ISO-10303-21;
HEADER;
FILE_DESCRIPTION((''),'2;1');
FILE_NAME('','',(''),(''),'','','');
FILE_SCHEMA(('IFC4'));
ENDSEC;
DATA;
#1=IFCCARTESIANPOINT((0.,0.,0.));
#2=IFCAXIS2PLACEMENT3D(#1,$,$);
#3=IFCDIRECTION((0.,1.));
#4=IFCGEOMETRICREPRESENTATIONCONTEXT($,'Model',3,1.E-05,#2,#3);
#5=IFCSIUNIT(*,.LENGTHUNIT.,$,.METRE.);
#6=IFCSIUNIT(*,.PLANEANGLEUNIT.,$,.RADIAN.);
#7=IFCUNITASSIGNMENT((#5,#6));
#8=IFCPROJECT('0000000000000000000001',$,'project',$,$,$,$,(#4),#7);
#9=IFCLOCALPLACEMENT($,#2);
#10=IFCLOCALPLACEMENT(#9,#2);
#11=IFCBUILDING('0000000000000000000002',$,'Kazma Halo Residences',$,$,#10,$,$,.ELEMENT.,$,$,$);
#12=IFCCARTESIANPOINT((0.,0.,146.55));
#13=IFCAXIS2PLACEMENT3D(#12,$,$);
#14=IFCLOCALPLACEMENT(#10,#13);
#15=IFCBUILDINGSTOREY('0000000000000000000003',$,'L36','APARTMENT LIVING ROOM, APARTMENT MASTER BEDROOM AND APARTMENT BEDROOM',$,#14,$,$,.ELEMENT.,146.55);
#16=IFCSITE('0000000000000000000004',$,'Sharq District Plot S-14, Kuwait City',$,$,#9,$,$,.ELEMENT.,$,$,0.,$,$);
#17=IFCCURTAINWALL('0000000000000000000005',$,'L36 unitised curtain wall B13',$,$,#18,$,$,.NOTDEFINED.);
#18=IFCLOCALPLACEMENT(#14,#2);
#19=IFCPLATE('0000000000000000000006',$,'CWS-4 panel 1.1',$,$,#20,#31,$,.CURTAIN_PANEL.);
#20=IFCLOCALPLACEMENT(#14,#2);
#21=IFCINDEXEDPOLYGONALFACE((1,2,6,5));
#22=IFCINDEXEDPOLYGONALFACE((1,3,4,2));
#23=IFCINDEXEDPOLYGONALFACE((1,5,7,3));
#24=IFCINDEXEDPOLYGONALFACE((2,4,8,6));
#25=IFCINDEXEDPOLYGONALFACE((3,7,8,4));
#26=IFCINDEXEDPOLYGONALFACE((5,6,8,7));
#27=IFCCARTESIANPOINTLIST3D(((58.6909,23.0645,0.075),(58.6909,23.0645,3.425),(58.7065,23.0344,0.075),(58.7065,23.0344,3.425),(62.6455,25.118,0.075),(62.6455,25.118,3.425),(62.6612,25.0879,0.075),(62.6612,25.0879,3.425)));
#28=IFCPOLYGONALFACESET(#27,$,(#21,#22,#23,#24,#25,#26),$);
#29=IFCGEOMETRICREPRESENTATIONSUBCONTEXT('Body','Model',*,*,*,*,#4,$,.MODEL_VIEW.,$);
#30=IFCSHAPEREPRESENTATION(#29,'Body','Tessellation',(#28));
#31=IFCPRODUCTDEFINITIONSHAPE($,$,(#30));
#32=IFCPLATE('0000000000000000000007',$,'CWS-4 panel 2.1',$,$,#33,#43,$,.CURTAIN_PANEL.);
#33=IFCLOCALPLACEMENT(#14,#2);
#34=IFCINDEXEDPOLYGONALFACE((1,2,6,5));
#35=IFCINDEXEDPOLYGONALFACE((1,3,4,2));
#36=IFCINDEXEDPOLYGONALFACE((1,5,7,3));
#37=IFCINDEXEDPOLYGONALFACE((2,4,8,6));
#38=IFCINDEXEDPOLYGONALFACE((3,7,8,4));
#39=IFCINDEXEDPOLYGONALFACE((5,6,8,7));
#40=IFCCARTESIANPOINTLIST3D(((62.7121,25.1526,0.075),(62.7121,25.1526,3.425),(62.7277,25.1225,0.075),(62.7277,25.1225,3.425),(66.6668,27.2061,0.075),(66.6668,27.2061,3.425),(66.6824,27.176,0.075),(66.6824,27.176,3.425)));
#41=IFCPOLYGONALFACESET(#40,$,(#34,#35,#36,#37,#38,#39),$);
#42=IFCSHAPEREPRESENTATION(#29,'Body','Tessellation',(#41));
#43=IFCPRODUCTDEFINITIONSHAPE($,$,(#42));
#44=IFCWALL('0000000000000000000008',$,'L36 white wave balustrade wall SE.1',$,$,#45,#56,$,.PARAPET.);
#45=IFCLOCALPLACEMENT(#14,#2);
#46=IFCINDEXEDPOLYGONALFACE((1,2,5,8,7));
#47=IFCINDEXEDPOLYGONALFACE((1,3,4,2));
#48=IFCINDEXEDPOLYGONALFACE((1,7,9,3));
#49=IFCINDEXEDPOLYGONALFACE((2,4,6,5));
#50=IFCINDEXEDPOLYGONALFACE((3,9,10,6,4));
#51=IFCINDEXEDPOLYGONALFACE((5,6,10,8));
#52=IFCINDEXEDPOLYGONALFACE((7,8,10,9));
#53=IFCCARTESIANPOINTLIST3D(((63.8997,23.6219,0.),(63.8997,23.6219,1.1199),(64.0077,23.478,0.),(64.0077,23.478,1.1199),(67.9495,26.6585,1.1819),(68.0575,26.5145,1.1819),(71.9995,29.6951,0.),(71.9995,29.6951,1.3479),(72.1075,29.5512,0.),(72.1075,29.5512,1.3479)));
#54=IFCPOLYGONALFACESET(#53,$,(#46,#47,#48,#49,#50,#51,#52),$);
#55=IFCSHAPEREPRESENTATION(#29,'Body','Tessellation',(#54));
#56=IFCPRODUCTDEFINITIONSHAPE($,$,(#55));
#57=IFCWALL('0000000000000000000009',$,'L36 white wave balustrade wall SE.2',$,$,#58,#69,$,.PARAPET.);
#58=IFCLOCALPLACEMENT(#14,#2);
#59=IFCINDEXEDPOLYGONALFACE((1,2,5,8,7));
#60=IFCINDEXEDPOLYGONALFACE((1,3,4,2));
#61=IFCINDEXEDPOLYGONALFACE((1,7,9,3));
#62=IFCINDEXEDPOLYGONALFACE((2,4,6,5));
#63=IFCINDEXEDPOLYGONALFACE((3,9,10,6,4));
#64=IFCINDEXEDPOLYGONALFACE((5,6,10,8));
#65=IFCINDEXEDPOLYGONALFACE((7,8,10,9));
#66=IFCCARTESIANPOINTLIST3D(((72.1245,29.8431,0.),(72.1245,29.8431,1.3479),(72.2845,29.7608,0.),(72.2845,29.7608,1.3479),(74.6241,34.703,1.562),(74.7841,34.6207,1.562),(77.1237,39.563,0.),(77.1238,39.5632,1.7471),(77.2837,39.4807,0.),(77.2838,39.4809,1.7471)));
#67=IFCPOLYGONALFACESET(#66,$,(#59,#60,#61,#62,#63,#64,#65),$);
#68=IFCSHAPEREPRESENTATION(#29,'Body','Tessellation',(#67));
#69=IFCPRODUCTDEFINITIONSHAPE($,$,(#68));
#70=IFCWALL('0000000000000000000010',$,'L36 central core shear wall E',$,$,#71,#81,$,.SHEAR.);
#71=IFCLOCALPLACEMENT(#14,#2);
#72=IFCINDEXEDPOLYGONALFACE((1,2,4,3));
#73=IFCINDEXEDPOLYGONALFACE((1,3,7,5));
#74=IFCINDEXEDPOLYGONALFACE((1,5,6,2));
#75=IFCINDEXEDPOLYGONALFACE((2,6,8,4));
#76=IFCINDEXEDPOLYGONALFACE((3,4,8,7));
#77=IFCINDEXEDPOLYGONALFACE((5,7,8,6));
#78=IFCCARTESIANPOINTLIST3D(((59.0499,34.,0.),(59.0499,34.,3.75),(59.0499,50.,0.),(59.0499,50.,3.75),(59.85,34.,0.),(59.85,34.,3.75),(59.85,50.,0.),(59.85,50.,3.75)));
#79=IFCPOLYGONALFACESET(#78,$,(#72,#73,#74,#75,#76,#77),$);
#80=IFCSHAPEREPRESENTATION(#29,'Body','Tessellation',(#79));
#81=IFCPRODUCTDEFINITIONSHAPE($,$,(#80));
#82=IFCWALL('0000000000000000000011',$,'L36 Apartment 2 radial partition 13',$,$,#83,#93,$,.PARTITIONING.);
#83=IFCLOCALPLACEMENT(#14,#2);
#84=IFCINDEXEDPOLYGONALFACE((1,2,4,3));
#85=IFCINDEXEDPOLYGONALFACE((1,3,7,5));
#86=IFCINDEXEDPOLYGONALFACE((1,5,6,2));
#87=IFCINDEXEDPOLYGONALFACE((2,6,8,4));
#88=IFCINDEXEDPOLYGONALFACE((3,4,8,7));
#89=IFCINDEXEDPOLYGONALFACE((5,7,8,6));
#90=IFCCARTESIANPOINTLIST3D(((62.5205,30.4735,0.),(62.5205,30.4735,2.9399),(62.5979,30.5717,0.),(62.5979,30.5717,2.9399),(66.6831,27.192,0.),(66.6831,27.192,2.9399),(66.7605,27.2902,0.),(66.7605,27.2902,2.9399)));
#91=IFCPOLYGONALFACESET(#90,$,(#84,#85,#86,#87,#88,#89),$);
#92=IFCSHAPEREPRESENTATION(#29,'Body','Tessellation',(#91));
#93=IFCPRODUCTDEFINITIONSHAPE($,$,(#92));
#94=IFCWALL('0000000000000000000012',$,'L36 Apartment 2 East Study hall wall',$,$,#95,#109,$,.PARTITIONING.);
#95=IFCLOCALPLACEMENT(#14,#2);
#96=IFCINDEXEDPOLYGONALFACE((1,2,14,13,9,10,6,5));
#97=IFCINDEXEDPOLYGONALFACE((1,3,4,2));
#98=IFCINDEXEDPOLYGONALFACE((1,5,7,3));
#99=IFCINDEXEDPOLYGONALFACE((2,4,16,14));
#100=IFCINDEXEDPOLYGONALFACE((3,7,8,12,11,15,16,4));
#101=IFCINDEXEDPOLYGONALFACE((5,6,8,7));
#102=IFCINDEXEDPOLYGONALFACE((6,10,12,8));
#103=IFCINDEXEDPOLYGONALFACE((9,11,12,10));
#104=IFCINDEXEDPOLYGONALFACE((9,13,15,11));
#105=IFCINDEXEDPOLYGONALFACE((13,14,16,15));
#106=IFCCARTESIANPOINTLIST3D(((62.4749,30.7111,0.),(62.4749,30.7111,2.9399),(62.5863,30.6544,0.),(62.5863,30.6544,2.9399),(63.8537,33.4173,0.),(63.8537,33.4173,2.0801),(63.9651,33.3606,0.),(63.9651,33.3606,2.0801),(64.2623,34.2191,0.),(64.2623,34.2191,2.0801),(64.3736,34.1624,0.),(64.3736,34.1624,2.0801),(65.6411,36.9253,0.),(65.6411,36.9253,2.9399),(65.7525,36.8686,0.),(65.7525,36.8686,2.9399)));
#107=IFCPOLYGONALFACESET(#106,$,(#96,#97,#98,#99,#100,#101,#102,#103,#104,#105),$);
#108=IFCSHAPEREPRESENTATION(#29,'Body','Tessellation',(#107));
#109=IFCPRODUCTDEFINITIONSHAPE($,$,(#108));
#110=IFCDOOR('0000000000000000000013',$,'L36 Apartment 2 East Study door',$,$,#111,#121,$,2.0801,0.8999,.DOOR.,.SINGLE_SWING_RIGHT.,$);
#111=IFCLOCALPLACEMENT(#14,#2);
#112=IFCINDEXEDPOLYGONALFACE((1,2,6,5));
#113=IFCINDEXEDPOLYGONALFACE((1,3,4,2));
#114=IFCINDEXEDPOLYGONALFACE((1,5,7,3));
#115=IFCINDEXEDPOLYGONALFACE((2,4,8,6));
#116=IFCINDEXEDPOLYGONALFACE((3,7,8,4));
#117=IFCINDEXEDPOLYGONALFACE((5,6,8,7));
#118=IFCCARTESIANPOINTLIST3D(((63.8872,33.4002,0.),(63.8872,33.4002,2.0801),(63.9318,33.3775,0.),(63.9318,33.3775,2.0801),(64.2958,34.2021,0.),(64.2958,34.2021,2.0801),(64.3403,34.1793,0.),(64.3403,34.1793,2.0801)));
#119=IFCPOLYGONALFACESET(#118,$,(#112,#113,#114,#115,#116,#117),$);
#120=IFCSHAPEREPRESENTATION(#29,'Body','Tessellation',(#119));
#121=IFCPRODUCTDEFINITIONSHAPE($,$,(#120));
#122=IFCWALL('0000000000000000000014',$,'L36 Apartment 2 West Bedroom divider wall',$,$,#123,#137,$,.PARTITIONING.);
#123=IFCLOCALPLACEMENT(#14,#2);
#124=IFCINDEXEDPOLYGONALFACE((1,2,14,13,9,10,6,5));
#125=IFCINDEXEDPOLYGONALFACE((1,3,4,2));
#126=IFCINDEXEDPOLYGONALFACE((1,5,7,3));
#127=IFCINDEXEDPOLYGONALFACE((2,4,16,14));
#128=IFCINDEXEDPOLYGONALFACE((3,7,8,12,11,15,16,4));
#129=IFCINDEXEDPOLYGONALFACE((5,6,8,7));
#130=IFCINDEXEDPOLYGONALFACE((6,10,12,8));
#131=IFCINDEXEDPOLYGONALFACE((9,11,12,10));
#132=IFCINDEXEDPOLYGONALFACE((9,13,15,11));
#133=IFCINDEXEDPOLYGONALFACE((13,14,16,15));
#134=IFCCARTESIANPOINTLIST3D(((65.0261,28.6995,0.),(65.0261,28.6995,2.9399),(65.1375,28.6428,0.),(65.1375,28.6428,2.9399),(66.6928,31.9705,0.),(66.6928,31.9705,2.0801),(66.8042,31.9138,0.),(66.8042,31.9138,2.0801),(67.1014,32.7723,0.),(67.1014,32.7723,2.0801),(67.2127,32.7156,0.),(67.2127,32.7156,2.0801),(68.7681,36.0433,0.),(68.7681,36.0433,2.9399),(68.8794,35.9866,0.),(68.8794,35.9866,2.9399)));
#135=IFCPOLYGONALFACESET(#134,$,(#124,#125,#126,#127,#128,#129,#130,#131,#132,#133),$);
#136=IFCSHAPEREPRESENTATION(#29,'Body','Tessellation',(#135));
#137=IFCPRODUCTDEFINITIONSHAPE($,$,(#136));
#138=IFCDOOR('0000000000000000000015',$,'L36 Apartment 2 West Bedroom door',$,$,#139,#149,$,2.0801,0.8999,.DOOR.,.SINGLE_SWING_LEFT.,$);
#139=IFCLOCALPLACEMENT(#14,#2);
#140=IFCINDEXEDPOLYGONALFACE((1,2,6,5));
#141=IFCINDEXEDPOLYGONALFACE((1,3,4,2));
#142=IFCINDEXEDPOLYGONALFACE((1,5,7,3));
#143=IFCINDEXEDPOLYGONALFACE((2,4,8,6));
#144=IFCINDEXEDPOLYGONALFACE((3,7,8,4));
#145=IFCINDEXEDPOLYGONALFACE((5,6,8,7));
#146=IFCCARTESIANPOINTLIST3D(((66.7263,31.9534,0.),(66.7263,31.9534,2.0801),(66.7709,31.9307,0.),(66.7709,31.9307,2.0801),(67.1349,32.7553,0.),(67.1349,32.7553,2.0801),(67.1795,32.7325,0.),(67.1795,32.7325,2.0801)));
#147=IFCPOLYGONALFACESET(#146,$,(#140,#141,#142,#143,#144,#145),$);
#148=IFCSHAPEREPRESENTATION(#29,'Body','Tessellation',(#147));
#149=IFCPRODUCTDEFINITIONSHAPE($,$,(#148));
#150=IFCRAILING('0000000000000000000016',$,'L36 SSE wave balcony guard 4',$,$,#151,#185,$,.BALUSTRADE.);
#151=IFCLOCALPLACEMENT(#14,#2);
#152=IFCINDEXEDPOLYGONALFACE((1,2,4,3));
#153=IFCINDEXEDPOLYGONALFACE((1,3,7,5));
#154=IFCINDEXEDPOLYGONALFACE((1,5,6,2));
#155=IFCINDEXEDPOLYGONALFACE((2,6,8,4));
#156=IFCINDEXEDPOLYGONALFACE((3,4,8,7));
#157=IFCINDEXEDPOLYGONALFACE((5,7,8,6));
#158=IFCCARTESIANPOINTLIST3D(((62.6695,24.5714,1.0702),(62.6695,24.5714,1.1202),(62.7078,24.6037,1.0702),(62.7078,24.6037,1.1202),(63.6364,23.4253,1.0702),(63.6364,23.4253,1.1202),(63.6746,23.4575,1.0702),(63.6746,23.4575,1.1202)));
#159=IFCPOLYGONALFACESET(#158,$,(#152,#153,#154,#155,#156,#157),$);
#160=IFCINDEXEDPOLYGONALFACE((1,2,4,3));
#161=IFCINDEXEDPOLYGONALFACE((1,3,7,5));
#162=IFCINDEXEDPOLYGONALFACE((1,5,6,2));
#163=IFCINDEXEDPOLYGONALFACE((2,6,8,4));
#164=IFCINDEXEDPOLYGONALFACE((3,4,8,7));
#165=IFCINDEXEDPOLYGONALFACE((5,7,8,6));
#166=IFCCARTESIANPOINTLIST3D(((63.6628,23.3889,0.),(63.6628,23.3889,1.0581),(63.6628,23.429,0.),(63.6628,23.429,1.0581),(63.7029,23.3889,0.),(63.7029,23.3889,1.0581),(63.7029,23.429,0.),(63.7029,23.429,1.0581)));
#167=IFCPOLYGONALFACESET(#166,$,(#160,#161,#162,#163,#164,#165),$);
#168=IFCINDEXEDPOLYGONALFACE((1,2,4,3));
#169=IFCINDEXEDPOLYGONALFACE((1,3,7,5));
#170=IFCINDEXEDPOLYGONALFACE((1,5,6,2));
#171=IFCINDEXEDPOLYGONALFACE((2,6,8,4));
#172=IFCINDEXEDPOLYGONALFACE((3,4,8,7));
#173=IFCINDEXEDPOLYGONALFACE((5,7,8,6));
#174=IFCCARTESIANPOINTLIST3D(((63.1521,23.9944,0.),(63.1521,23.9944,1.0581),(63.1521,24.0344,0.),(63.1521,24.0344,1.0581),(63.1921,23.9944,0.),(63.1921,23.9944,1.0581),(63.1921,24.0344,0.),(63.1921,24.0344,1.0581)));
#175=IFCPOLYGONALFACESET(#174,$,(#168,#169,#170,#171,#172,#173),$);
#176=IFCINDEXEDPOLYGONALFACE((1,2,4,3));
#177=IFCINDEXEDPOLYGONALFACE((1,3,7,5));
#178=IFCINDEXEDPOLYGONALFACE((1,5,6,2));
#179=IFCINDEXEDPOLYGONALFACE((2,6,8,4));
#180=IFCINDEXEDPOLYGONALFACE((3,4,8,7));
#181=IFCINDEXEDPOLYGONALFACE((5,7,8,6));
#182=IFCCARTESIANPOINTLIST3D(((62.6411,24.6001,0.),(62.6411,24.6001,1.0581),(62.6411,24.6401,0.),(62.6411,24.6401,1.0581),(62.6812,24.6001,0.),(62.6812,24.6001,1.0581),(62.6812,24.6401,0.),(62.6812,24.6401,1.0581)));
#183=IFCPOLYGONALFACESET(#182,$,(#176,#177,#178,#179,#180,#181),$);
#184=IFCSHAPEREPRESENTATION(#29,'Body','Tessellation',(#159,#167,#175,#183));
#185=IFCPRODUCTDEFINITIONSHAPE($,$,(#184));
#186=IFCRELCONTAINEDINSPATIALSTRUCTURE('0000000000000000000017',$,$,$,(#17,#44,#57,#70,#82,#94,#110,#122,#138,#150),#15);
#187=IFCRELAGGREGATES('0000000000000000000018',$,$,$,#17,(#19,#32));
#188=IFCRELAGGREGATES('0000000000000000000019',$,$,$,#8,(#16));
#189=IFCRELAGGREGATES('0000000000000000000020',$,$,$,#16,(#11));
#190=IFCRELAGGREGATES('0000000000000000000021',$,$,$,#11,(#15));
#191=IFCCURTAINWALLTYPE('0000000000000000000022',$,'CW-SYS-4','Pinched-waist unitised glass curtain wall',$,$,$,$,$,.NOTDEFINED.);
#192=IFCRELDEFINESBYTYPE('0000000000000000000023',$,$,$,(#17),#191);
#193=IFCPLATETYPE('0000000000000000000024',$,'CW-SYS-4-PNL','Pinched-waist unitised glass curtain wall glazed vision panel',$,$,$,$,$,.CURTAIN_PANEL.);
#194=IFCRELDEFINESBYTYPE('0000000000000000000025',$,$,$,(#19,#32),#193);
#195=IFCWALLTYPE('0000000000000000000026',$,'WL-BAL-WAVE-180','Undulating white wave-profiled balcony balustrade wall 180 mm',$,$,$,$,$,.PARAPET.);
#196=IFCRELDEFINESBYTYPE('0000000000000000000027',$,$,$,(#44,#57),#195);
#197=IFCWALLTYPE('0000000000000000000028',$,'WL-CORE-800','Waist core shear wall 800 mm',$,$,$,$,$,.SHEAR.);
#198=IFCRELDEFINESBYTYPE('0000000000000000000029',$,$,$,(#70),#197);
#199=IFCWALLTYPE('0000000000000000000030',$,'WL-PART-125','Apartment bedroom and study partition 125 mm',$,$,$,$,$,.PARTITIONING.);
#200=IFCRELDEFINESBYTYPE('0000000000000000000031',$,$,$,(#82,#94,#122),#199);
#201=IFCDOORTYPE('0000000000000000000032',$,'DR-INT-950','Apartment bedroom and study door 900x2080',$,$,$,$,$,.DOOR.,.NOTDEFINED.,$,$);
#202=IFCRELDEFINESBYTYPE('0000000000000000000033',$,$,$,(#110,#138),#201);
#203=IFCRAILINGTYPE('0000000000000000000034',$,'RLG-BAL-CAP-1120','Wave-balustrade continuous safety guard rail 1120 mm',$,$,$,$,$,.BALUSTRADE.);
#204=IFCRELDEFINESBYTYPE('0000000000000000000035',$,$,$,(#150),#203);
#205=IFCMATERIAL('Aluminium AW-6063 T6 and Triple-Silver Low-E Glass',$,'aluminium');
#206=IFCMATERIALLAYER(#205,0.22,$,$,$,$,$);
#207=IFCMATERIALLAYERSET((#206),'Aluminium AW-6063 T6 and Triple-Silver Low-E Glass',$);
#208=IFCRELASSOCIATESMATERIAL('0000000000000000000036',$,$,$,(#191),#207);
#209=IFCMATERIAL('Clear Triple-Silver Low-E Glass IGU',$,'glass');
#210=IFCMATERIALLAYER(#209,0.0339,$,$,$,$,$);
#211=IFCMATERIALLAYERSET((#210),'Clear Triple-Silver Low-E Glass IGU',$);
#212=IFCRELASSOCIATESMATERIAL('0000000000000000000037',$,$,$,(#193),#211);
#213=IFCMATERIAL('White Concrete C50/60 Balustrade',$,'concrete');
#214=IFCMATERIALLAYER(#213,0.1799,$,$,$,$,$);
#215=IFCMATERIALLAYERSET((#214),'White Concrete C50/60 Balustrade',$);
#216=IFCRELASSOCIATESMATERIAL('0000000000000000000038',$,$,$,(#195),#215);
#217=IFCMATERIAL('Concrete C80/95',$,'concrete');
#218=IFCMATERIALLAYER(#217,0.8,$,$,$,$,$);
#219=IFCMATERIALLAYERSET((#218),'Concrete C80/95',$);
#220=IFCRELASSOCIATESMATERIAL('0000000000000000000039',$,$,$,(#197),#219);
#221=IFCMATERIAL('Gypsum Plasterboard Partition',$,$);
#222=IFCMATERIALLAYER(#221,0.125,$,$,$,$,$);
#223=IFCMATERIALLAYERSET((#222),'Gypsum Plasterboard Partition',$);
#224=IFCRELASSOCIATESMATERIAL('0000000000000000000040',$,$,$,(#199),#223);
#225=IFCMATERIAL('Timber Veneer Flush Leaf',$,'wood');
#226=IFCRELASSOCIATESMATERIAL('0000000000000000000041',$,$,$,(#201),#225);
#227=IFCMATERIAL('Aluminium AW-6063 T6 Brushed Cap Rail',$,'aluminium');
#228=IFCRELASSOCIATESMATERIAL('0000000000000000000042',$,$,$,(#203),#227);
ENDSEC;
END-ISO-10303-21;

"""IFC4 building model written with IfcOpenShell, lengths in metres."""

from ifc_helpers import new_model, si_unit, direction, frame, frame_2d, origin, origin_2d, place, context, subcontext, project, spatial, polyline, rectangle, outline, extrude, material, layer, layer_set, type_object, element, fill, aggregate, save


model = new_model("IFC4")

# Units and contexts
model_context = context("Model", 3, precision=1e-05, world=origin(), true_north=direction((0.0, 1.0)))
body_context = subcontext(model_context, "Body", "Model", "MODEL_VIEW")
ifc_project = project(units=[si_unit("LENGTHUNIT", "METRE"), si_unit("PLANEANGLEUNIT", "RADIAN")], contexts=[model_context])

# Site, building, storey
site_placement = place(None, origin())
site = spatial("IfcSite", under=ifc_project, at=site_placement, Name="Sharq District Plot S-14, Kuwait City", CompositionType="ELEMENT", RefElevation=0.0)
building_placement = place(site_placement, origin())
building = spatial("IfcBuilding", under=site, at=building_placement, Name="Kazma Halo Residences", CompositionType="ELEMENT")
storey_placement = place(building_placement, frame((0.0, 0.0, 146.55)))
storey = spatial("IfcBuildingStorey", under=building, at=storey_placement, Name="L36", Description="APARTMENT LIVING ROOM, APARTMENT MASTER BEDROOM AND APARTMENT BEDROOM", CompositionType="ELEMENT", Elevation=146.55)

# Shared definitions
ifc_material_1 = material(Name="Concrete C80/95", Category="concrete")

# Curtain wall
ifc_material_2 = material(Name="Aluminium AW-6063 T6 and Triple-Silver Low-E Glass", Category="aluminium")
ifc_layer_1 = layer(ifc_material_2, 0.22)
ifc_layer_set_1 = layer_set([ifc_layer_1], Name="Aluminium AW-6063 T6 and Triple-Silver Low-E Glass")
curtain_wall_type = type_object("IfcCurtainWallType", Name="CW-SYS-4", Description="Pinched-waist unitised glass curtain wall", PredefinedType="NOTDEFINED", material=ifc_layer_set_1)
curtain_wall_1_placement = place(storey_placement, origin())
curtain_wall_1 = element("IfcCurtainWall", 1, at=curtain_wall_1_placement, inside=storey, type_object=curtain_wall_type, Name="L36 unitised curtain wall B13", PredefinedType="NOTDEFINED")

# Plates
ifc_material_3 = material(Name="Clear Triple-Silver Low-E Glass IGU", Category="glass")
ifc_layer_2 = layer(ifc_material_3, 0.0339)
ifc_layer_set_2 = layer_set([ifc_layer_2], Name="Clear Triple-Silver Low-E Glass IGU")
plate_type = type_object("IfcPlateType", Name="CW-SYS-4-PNL", Description="Pinched-waist unitised glass curtain wall glazed vision panel", PredefinedType="CURTAIN_PANEL", material=ifc_layer_set_2)
plate_1_placement = place(storey_placement, frame((60.676, 24.0762, 0.075), z_axis=(0.0, 0.0, 1.0), x_axis=(0.887485, 0.460837, 0.0)))
plate_1 = element("IfcPlate", 2, at=plate_1_placement, type_object=plate_type, Name="CWS-4 panel 1.1", PredefinedType="CURTAIN_PANEL", context=body_context, shape_type="SweptSolid", body=[
    extrude(rectangle(XDim=4.4561, YDim=0.0339, at=origin_2d()), origin(), (0.0, 0.0, 1.0), 3.3501),
])
plate_2_placement = place(storey_placement, frame((64.6973, 26.1643, 0.075), z_axis=(0.0, 0.0, 1.0), x_axis=(0.887485, 0.460837, 0.0)))
plate_2 = element("IfcPlate", 3, at=plate_2_placement, type_object=plate_type, Name="CWS-4 panel 2.1", PredefinedType="CURTAIN_PANEL", context=body_context, shape_type="SweptSolid", body=[
    extrude(rectangle(XDim=4.4561, YDim=0.0339, at=origin_2d()), origin(), (0.0, 0.0, 1.0), 3.3501),
])
aggregate(curtain_wall_1, [plate_1, plate_2])

# Walls
ifc_material_4 = material(Name="White Concrete C50/60 Balustrade", Category="concrete")
ifc_layer_3 = layer(ifc_material_4, 0.1799)
ifc_layer_set_3 = layer_set([ifc_layer_3], Name="White Concrete C50/60 Balustrade")
wall_type_1 = type_object("IfcWallType", Name="WL-BAL-WAVE-180", Description="Undulating white wave-profiled balcony balustrade wall 180 mm", PredefinedType="PARAPET", material=ifc_layer_set_3)
wall_1_placement = place(storey_placement, frame((63.9536, 23.55, 0.0), z_axis=(0.0, 0.0, 1.0), x_axis=(0.800078, 0.599896, 0.0)))
element("IfcWall", 4, at=wall_1_placement, inside=storey, type_object=wall_type_1, Name="L36 white wave balustrade wall SE.1", PredefinedType="PARAPET", context=body_context, shape_type="SweptSolid", body=[
    extrude(outline(polyline([(0.0, 0.0), (10.1238, 0.0), (10.1238, 1.3479), (5.0618, 1.1819), (0.0, 1.1199), (0.0, 0.0)])), frame((0.0, 0.0898, 0.0), z_axis=(0.0, -1.0, 0.0), x_axis=(1.0, 0.0, 0.0)), (0.0, 0.0, 1.0), 0.1799),
])
wall_2_placement = place(storey_placement, frame((72.2043, 29.802, 0.0), z_axis=(0.0, 0.0, 1.0), x_axis=(0.457379, 0.889272, 0.0)))
element("IfcWall", 5, at=wall_2_placement, inside=storey, type_object=wall_type_1, Name="L36 white wave balustrade wall SE.2", PredefinedType="PARAPET", context=body_context, shape_type="SweptSolid", body=[
    extrude(outline(polyline([(0.0, 0.0), (10.9302, 0.0), (10.9304, 1.7471), (5.4651, 1.562), (0.0, 1.3479), (0.0, 0.0)])), frame((0.0, 0.0898, 0.0), z_axis=(0.0, -1.0, 0.0), x_axis=(1.0, 0.0, 0.0)), (0.0, 0.0, 1.0), 0.1799),
])
ifc_layer_4 = layer(ifc_material_1, 0.8)
ifc_layer_set_4 = layer_set([ifc_layer_4], Name="Concrete C80/95")
wall_type_2 = type_object("IfcWallType", Name="WL-CORE-800", Description="Waist core shear wall 800 mm", PredefinedType="SHEAR", material=ifc_layer_set_4)
wall_3_placement = place(storey_placement, frame((59.45, 34.0, 0.0), z_axis=(0.0, 0.0, 1.0), x_axis=(0.0, 1.0, 0.0)))
element("IfcWall", 6, at=wall_3_placement, inside=storey, type_object=wall_type_2, Name="L36 central core shear wall E", PredefinedType="SHEAR", context=body_context, shape_type="SweptSolid", body=[
    extrude(rectangle(XDim=16.0, YDim=0.8, at=frame_2d((8.0, 0.0))), origin(), (0.0, 0.0, 1.0), 3.75),
])

# Wall
ifc_material_5 = material(Name="Gypsum Plasterboard Partition")
ifc_layer_5 = layer(ifc_material_5, 0.125)
ifc_layer_set_5 = layer_set([ifc_layer_5], Name="Gypsum Plasterboard Partition")
wall_type_3 = type_object("IfcWallType", Name="WL-PART-125", Description="Apartment bedroom and study partition 125 mm", PredefinedType="PARTITIONING", material=ifc_layer_set_5)
wall_4_placement = place(storey_placement, frame((62.5591, 30.5227, 0.0), z_axis=(0.0, 0.0, 1.0), x_axis=(0.78532, -0.61909, 0.0)))
element("IfcWall", 7, at=wall_4_placement, inside=storey, type_object=wall_type_3, Name="L36 Apartment 2 radial partition 13", PredefinedType="PARTITIONING", context=body_context, shape_type="SweptSolid", body=[
    extrude(rectangle(XDim=5.3005, YDim=0.125, at=frame_2d((2.6504, 0.0))), origin(), (0.0, 0.0, 1.0), 2.9399),
])

# Walls, openings, doors
wall_5_placement = place(storey_placement, frame((62.5305, 30.6826, 0.0), z_axis=(0.0, 0.0, 1.0), x_axis=(0.453978, 0.891013, 0.0)))
wall_5 = element("IfcWall", 8, at=wall_5_placement, inside=storey, type_object=wall_type_3, Name="L36 Apartment 2 East Study hall wall", PredefinedType="PARTITIONING", context=body_context, shape_type="SweptSolid", body=[
    extrude(rectangle(XDim=6.9744, YDim=0.125, at=frame_2d((3.4873, 0.0))), origin(), (0.0, 0.0, 1.0), 2.9399),
])
opening_1_placement = place(wall_5_placement, frame((3.0374, 0.0, 0.0)))
opening_1 = element("IfcOpeningElement", 9, at=opening_1_placement, cuts=wall_5, PredefinedType="OPENING", context=body_context, shape_type="SweptSolid", body=[
    extrude(rectangle(XDim=0.8999, YDim=2.0801, at=frame_2d((0.45, 1.04))), frame((0.0, 0.0725, 0.0), z_axis=(0.0, -1.0, 0.0), x_axis=(1.0, 0.0, 0.0)), (0.0, 0.0, 1.0), 0.145),
])
ifc_material_6 = material(Name="Timber Veneer Flush Leaf", Category="wood")
door_type_1 = type_object("IfcDoorType", Name="DR-INT-950", Description="Apartment bedroom and study door 900x2080", OperationType="NOTDEFINED", PredefinedType="DOOR", material=ifc_material_6)
door_1_placement = place(opening_1_placement, origin())
door_1 = element("IfcDoor", 10, at=door_1_placement, inside=storey, type_object=door_type_1, Name="L36 Apartment 2 East Study door", OperationType="SINGLE_SWING_RIGHT", OverallHeight=2.0801, OverallWidth=0.8999, PredefinedType="DOOR", context=body_context, shape_type="SweptSolid", body=[
    extrude(rectangle(XDim=0.8999, YDim=2.0801, at=frame_2d((0.45, 1.04))), frame((0.0, 0.0249, 0.0), z_axis=(0.0, -1.0, 0.0), x_axis=(1.0, 0.0, 0.0)), (0.0, 0.0, 1.0), 0.05),
])
fill(opening_1, door_1)
wall_6_placement = place(storey_placement, frame((65.0818, 28.6711, 0.0), z_axis=(0.0, 0.0, 1.0), x_axis=(0.454002, 0.891001, 0.0)))
wall_6 = element("IfcWall", 11, at=wall_6_placement, inside=storey, type_object=wall_type_3, Name="L36 Apartment 2 West Bedroom divider wall", PredefinedType="PARTITIONING", context=body_context, shape_type="SweptSolid", body=[
    extrude(rectangle(XDim=8.2422, YDim=0.125, at=frame_2d((4.1211, 0.0))), origin(), (0.0, 0.0, 1.0), 2.9399),
])
opening_2_placement = place(wall_6_placement, frame((3.6711, 0.0, 0.0)))
opening_2 = element("IfcOpeningElement", 12, at=opening_2_placement, cuts=wall_6, PredefinedType="OPENING", context=body_context, shape_type="SweptSolid", body=[
    extrude(rectangle(XDim=0.8999, YDim=2.0801, at=frame_2d((0.45, 1.04))), frame((0.0, 0.0725, 0.0), z_axis=(0.0, -1.0, 0.0), x_axis=(1.0, 0.0, 0.0)), (0.0, 0.0, 1.0), 0.145),
])
door_2_placement = place(opening_2_placement, origin())
door_2 = element("IfcDoor", 13, at=door_2_placement, inside=storey, type_object=door_type_1, Name="L36 Apartment 2 West Bedroom door", OperationType="SINGLE_SWING_LEFT", OverallHeight=2.0801, OverallWidth=0.8999, PredefinedType="DOOR", context=body_context, shape_type="SweptSolid", body=[
    extrude(rectangle(XDim=0.8999, YDim=2.0801, at=frame_2d((0.45, 1.04))), frame((0.0, 0.0249, 0.0), z_axis=(0.0, -1.0, 0.0), x_axis=(1.0, 0.0, 0.0)), (0.0, 0.0, 1.0), 0.05),
])
fill(opening_2, door_2)

# Railing
ifc_material_7 = material(Name="Aluminium AW-6063 T6 Brushed Cap Rail", Category="aluminium")
railing_type = type_object("IfcRailingType", Name="RLG-BAL-CAP-1120", Description="Wave-balustrade continuous safety guard rail 1120 mm", PredefinedType="BALUSTRADE", material=ifc_material_7)
railing_1_placement = place(storey_placement, frame((63.6829, 23.4089, 0.0)))
element("IfcRailing", 14, at=railing_1_placement, inside=storey, type_object=railing_type, Name="L36 SSE wave balcony guard 4", PredefinedType="BALUSTRADE", context=body_context, shape_type="SweptSolid", body=[
    extrude(rectangle(XDim=0.05, YDim=0.05, at=origin_2d()), frame((-0.0273, 0.0325, 1.0952), z_axis=(-0.644795, 0.764356, 0.0), x_axis=(-0.764356, -0.644795, 0.0)), (0.0, 0.0, 1.0), 1.4995),
    extrude(rectangle(XDim=0.04, YDim=0.04, at=origin_2d()), origin(), (0.0, 0.0, 1.0), 1.0581),
    extrude(rectangle(XDim=0.04, YDim=0.04, at=origin_2d()), frame((-0.5107, 0.6055, 0.0)), (0.0, 0.0, 1.0), 1.0581),
    extrude(rectangle(XDim=0.04, YDim=0.04, at=origin_2d()), frame((-1.0217, 1.2112, 0.0)), (0.0, 0.0, 1.0), 1.0581),
])

save(model, "model.ifc")
